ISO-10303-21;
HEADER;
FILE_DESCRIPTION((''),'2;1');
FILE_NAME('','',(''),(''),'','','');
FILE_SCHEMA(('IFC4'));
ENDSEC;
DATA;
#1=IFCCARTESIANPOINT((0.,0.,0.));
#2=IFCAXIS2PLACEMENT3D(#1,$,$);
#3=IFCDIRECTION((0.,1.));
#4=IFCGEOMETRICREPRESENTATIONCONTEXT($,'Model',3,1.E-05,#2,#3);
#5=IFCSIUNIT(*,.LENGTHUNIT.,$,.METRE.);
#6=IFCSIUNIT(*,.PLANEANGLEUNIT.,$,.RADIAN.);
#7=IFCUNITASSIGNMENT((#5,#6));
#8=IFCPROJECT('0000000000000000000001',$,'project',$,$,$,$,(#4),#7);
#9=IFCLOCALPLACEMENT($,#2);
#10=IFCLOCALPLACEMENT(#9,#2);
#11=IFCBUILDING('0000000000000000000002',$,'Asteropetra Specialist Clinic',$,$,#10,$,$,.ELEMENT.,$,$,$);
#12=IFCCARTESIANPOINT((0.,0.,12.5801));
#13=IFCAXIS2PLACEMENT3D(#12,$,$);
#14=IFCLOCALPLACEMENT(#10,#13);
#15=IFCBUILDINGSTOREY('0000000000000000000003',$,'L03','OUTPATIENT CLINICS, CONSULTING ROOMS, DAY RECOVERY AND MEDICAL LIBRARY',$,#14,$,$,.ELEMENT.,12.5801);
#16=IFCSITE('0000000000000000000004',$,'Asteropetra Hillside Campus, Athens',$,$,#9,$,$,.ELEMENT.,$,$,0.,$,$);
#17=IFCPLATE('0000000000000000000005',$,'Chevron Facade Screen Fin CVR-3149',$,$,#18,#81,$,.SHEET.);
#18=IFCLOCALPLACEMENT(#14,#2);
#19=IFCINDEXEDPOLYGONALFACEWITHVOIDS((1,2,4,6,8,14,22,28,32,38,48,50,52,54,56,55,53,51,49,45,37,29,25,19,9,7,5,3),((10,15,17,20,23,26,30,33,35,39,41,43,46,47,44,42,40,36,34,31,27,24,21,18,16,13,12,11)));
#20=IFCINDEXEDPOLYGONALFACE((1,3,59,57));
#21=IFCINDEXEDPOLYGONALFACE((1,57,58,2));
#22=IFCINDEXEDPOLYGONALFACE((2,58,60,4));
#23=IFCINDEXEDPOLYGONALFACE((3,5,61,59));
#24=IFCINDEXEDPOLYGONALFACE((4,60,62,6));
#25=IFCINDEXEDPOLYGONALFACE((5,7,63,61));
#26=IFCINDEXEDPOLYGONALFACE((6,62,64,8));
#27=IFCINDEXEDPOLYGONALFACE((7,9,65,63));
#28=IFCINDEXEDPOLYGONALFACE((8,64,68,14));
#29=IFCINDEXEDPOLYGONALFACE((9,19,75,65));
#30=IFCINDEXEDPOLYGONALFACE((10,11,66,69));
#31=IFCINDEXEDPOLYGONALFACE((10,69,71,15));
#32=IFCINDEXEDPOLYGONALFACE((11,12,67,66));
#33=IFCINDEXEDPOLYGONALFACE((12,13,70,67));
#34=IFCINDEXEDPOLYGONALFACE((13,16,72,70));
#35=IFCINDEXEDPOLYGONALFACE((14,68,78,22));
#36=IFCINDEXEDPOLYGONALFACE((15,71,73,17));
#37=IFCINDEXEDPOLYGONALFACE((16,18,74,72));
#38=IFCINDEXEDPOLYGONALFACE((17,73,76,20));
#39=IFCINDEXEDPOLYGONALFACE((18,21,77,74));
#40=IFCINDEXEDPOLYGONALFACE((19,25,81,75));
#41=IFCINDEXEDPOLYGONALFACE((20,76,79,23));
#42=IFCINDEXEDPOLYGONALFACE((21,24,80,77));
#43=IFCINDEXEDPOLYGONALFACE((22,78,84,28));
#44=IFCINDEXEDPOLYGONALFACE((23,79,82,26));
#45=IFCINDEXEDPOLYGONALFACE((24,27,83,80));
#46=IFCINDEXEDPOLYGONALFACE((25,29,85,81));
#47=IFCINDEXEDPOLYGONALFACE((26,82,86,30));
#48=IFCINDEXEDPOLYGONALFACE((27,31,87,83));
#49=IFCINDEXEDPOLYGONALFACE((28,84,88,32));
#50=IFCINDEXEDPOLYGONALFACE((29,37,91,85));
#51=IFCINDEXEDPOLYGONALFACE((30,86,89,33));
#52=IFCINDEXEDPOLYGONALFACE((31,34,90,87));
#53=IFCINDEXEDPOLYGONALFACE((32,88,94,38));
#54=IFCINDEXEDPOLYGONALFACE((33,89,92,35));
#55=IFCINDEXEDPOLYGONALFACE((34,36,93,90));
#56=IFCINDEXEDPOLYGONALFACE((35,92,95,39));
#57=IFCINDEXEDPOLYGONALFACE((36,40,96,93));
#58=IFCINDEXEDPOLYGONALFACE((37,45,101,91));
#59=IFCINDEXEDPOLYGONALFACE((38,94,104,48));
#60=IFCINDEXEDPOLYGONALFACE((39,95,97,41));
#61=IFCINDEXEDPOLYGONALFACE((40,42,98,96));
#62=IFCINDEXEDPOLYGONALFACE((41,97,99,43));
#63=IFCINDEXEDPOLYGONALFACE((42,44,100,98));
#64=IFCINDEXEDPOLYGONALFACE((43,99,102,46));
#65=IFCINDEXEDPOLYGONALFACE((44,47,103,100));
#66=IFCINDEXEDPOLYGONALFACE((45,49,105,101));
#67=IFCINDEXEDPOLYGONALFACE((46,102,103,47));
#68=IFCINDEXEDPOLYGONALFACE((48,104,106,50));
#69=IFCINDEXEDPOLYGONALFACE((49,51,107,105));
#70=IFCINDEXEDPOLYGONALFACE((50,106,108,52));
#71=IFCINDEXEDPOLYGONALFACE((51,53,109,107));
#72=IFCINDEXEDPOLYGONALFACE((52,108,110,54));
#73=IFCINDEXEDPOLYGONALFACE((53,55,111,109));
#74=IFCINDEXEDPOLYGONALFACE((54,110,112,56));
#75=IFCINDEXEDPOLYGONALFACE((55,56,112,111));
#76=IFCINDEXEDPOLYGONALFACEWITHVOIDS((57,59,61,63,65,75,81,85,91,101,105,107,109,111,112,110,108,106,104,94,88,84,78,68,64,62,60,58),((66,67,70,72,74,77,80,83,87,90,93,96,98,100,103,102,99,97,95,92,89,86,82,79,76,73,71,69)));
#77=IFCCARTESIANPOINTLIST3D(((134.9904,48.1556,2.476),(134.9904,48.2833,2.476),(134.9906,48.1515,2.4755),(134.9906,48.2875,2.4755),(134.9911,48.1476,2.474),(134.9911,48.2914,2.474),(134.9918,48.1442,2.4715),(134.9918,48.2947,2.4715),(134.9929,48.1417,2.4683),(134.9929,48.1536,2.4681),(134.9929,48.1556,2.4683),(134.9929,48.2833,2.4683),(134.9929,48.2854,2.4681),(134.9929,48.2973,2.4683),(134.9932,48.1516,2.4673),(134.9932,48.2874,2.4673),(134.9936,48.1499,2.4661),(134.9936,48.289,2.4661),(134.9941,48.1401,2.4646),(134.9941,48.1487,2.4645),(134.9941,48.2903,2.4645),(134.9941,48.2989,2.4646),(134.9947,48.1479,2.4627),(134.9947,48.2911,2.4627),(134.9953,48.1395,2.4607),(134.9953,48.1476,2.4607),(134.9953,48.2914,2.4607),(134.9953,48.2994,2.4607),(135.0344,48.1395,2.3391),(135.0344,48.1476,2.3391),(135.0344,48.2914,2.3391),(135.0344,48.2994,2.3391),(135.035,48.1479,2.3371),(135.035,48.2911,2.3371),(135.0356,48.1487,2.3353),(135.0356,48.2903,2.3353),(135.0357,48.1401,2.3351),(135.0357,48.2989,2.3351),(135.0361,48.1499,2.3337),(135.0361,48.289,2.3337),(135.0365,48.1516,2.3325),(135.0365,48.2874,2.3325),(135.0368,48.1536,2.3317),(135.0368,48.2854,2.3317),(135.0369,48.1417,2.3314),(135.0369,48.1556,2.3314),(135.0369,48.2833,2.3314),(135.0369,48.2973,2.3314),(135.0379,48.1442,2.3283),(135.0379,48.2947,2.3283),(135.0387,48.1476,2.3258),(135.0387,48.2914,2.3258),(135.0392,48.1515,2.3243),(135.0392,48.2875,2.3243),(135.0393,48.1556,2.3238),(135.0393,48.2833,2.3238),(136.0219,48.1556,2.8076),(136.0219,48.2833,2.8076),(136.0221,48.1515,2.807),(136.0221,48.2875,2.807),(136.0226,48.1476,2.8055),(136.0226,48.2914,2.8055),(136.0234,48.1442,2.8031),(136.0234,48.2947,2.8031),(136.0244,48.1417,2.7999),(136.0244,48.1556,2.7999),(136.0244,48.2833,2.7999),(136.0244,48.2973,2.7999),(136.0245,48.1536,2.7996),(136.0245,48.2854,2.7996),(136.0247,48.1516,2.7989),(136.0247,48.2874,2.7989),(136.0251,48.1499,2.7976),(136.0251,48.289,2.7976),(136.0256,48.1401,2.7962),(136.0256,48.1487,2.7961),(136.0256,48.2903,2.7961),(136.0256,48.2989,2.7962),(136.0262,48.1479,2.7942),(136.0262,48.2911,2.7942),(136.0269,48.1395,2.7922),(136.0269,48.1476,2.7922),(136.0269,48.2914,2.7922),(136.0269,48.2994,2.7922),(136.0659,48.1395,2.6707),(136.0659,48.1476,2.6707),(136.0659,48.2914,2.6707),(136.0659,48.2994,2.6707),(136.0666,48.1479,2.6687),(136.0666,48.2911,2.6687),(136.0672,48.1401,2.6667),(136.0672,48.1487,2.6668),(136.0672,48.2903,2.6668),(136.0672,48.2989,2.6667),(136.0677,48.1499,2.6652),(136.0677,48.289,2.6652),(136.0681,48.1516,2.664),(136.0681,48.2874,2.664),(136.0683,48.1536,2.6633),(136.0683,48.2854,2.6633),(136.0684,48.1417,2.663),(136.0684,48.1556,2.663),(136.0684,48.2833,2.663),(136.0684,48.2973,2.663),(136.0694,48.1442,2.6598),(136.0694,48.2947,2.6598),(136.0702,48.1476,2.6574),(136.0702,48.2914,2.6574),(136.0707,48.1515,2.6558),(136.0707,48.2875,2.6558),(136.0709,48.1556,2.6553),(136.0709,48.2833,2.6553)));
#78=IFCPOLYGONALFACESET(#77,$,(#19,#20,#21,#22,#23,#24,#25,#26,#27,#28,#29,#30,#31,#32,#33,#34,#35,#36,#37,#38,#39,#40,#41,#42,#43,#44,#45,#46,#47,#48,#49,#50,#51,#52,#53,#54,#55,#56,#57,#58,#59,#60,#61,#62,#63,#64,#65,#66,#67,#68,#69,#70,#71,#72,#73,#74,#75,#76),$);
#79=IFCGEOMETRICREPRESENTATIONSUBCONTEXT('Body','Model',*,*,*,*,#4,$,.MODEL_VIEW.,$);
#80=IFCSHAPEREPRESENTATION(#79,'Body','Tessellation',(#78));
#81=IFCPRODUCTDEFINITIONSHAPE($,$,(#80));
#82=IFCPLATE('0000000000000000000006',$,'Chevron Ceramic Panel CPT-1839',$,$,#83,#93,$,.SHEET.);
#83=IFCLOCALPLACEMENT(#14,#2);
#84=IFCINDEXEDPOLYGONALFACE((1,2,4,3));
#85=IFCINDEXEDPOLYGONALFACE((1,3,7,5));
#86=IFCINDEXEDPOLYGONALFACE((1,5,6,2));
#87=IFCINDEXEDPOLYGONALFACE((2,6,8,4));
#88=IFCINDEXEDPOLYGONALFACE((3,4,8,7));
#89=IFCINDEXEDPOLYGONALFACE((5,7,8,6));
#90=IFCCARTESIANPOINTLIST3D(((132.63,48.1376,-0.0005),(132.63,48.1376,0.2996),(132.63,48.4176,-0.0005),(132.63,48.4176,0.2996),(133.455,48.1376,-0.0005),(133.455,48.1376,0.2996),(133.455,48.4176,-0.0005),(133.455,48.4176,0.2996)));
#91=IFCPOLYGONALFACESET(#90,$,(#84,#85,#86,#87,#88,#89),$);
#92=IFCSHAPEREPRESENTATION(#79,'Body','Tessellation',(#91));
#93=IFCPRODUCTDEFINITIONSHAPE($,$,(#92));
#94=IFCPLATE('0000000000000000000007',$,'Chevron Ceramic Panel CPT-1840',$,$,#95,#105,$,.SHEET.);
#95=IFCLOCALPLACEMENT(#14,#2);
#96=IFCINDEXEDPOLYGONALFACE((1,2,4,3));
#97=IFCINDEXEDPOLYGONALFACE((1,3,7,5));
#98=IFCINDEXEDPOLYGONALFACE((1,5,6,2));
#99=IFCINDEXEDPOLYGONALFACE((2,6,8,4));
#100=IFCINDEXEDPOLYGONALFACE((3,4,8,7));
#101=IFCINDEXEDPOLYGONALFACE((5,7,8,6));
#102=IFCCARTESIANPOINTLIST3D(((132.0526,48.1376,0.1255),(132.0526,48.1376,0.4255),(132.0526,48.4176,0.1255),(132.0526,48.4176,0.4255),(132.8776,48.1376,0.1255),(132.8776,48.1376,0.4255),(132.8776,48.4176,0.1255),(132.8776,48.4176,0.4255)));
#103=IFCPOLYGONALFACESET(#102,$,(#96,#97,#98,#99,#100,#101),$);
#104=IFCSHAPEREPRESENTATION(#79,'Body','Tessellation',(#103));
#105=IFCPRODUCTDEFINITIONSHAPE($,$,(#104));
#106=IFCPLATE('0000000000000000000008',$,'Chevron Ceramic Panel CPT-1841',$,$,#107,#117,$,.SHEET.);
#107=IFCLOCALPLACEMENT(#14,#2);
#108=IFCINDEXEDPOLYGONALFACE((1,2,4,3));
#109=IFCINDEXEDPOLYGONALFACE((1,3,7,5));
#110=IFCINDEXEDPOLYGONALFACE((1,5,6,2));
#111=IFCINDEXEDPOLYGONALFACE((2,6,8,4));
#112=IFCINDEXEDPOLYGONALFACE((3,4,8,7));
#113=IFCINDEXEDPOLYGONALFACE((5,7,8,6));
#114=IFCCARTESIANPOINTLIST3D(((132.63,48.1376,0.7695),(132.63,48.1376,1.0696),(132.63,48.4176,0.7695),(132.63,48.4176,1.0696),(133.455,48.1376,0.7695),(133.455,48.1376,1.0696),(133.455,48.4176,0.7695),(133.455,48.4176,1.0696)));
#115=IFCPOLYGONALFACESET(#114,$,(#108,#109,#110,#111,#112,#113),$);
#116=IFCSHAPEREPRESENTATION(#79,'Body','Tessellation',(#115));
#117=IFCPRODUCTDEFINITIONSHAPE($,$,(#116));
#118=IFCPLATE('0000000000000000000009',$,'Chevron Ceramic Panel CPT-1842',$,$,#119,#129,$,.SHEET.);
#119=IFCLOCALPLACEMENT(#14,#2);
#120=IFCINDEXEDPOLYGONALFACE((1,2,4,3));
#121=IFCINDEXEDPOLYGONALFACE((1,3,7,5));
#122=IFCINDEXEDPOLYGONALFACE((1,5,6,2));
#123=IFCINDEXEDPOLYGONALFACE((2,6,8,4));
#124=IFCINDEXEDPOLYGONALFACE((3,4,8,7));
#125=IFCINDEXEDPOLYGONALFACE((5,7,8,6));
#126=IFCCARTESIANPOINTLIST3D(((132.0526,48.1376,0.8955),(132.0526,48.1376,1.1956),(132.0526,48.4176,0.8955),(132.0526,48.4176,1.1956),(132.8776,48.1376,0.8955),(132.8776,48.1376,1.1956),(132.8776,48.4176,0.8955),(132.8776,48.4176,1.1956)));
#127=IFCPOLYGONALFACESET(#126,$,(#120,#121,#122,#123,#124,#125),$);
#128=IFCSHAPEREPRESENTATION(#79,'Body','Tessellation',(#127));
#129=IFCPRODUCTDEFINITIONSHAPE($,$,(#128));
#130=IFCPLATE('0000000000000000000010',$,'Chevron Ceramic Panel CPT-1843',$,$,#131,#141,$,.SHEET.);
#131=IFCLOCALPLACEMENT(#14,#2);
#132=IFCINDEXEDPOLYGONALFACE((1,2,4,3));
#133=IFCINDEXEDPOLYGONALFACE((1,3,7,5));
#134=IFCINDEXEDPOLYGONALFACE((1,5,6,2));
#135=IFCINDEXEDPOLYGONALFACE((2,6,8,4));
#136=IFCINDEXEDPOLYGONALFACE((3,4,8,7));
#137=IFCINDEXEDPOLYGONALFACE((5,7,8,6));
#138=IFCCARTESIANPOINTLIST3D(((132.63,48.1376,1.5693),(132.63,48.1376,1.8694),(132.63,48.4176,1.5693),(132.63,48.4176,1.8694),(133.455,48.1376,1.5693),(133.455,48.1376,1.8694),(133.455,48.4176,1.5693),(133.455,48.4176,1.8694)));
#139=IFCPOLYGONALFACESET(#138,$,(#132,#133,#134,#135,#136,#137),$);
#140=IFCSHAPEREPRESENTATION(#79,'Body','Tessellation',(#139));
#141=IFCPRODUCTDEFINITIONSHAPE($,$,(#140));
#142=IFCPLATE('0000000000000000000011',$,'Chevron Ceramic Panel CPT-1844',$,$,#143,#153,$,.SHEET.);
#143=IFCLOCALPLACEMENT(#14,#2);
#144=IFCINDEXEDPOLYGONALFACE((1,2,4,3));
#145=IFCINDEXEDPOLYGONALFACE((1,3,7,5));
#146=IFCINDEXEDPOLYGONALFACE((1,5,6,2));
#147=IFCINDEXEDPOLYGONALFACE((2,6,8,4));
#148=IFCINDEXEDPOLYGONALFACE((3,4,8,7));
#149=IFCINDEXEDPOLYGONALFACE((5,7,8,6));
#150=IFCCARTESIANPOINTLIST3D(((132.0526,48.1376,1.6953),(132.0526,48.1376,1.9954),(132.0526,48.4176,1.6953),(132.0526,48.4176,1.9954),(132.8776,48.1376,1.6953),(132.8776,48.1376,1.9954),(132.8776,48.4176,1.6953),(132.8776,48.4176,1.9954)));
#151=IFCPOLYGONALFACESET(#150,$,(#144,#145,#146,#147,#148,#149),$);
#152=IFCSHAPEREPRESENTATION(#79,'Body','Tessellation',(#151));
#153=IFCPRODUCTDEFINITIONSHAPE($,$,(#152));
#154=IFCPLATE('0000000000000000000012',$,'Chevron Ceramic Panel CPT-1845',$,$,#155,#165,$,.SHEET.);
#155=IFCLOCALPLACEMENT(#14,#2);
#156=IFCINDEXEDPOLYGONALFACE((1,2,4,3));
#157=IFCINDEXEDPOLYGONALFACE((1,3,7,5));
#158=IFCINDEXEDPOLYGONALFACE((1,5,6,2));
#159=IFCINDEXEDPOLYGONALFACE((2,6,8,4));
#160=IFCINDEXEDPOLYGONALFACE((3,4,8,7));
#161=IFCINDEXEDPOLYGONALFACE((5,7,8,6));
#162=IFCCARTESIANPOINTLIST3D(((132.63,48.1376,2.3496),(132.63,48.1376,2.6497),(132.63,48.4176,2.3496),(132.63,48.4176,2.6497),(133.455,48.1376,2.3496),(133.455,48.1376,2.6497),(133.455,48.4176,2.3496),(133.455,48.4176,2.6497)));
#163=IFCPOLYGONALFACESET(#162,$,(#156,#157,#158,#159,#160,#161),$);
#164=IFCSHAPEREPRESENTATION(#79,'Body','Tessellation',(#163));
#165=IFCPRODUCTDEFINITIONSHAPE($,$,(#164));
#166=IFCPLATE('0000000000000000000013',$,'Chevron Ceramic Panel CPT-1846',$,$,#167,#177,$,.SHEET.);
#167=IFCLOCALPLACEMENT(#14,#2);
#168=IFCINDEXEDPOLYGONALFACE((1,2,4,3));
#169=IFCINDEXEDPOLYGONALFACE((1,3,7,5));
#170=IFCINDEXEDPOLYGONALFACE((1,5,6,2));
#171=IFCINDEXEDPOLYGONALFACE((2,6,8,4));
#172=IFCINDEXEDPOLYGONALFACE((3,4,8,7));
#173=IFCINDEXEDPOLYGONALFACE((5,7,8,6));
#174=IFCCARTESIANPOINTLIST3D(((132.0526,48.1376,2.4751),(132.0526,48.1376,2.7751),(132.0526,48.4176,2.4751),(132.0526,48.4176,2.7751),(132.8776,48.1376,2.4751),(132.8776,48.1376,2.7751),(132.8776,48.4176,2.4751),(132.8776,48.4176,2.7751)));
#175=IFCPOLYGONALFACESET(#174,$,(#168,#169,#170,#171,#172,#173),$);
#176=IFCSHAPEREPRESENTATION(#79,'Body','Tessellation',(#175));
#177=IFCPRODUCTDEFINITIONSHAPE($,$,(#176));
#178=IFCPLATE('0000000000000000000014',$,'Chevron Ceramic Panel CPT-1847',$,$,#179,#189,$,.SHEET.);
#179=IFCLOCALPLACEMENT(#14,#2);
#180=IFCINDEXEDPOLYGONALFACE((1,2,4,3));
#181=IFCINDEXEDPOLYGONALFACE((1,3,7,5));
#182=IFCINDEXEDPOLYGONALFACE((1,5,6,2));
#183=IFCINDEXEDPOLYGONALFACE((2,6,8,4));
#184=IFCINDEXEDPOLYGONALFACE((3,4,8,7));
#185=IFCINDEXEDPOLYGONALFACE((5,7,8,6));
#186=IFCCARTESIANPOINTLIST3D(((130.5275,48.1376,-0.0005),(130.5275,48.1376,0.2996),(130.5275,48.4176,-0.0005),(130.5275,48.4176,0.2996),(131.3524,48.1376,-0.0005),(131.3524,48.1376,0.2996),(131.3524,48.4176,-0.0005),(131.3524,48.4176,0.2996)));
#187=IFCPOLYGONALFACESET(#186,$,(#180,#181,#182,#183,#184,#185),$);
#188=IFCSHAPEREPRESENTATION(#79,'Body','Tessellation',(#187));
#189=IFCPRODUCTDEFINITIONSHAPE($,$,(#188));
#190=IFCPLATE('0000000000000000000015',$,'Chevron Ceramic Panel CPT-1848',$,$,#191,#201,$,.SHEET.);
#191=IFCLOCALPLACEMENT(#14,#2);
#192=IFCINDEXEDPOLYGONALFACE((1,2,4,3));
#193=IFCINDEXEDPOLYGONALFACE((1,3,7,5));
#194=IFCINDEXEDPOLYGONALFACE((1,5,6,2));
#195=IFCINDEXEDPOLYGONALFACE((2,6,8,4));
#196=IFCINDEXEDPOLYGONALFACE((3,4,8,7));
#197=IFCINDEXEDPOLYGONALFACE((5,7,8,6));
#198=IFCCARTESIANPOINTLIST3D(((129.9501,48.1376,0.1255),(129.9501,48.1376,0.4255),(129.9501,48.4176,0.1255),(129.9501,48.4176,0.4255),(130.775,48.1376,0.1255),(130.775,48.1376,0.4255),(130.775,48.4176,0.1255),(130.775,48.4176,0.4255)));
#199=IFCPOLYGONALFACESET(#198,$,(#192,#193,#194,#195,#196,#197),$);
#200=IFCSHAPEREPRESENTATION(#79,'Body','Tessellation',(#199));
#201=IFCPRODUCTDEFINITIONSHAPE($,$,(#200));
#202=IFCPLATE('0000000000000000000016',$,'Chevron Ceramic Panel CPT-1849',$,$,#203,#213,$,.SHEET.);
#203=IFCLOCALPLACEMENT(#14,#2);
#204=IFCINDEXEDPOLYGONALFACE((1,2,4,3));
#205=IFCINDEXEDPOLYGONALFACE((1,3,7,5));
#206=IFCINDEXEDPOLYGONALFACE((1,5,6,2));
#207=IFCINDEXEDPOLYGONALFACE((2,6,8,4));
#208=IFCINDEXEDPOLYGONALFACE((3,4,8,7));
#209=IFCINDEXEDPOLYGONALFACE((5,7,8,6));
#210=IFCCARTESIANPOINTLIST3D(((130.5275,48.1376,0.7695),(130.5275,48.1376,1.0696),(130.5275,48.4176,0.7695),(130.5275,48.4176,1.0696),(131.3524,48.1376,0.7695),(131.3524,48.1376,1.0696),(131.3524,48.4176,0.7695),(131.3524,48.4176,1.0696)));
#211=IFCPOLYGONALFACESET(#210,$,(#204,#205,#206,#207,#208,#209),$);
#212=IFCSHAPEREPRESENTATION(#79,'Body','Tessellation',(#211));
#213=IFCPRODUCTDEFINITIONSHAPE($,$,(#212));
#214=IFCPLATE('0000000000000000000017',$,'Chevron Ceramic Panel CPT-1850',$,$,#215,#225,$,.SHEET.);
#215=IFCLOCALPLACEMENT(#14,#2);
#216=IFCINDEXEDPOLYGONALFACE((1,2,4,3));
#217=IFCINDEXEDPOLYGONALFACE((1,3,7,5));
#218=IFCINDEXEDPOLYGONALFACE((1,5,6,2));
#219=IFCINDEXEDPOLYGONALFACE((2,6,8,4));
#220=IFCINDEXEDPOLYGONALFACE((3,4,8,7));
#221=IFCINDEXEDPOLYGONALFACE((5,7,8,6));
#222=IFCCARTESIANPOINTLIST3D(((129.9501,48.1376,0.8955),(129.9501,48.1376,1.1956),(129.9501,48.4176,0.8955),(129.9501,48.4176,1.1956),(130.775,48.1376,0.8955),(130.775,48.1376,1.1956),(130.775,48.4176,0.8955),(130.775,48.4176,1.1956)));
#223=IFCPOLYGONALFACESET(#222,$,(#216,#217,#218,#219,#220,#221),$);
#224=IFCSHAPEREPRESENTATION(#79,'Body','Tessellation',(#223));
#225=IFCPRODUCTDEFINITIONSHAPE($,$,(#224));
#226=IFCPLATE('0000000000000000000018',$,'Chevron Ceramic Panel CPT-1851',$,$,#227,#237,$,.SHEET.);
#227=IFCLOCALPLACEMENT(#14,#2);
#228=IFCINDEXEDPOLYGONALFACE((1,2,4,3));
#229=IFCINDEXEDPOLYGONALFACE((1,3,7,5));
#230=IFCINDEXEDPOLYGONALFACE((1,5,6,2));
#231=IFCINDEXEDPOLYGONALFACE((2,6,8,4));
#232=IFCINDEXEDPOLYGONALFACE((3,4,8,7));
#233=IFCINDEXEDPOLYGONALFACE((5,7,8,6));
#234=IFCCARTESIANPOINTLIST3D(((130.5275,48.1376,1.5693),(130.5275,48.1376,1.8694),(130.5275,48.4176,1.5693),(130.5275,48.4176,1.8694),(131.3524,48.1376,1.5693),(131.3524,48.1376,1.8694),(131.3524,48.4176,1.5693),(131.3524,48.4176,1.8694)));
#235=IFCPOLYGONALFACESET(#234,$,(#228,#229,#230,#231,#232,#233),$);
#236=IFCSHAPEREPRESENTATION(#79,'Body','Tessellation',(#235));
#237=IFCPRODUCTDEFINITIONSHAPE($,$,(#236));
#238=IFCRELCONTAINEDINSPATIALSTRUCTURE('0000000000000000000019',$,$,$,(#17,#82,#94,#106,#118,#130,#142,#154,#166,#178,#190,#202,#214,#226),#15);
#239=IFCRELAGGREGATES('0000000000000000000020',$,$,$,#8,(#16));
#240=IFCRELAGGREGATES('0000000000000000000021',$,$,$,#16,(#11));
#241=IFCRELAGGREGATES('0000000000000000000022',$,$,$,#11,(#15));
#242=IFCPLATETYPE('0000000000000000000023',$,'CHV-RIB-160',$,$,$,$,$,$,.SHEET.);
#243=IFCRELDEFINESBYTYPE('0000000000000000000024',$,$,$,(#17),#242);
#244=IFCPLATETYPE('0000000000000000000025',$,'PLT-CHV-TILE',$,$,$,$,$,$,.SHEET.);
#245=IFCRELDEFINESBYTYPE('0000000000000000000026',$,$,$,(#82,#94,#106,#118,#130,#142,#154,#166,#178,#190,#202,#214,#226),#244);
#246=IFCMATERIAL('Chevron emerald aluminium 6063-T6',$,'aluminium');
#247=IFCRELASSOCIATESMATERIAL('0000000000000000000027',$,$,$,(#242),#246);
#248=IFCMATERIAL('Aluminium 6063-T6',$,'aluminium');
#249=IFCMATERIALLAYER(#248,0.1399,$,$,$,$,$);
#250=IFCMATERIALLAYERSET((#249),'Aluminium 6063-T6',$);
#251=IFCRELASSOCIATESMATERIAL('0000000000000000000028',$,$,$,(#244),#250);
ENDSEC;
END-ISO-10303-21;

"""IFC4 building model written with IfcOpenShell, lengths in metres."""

from ifc_helpers import new_model, si_unit, direction, frame, origin, origin_2d, place, context, subcontext, project, spatial, rectangle, hollow_rectangle, extrude, material, layer, layer_set, material_profile, profile_set, type_object, element, save


model = new_model("IFC4")

# Units and contexts
model_context = context("Model", 3, precision=1e-05, world=origin(), true_north=direction((0.0, 1.0)))
body_context = subcontext(model_context, "Body", "Model", "MODEL_VIEW")
ifc_project = project(units=[si_unit("LENGTHUNIT", "METRE"), si_unit("PLANEANGLEUNIT", "RADIAN")], contexts=[model_context])

# Site, building, storey
site_placement = place(None, origin())
site = spatial("IfcSite", under=ifc_project, at=site_placement, Name="Asteropetra Hillside Campus, Athens", CompositionType="ELEMENT", RefElevation=0.0)
building_placement = place(site_placement, origin())
building = spatial("IfcBuilding", under=site, at=building_placement, Name="Asteropetra Specialist Clinic", CompositionType="ELEMENT")
storey_placement = place(building_placement, frame((0.0, 0.0, 12.5801)))
storey = spatial("IfcBuildingStorey", under=building, at=storey_placement, Name="L03", Description="OUTPATIENT CLINICS, CONSULTING ROOMS, DAY RECOVERY AND MEDICAL LIBRARY", CompositionType="ELEMENT", Elevation=12.5801)

# Plates
ifc_material_1 = material(Name="Chevron emerald aluminium 6063-T6", Category="aluminium")
ifc_material_profile = material_profile(ifc_material_1, hollow_rectangle(XDim=0.1599, YDim=0.1599, WallThickness=0.0081, InnerFilletRadius=0.0081, OuterFilletRadius=0.0161, at=origin_2d()), Name="SHS 160x160x8.0")
ifc_profile_set = profile_set([ifc_material_profile], Name="Chevron emerald aluminium 6063-T6")
plate_type_1 = type_object("IfcPlateType", Name="CHV-RIB-160", PredefinedType="SHEET", material=ifc_profile_set)
plate_placement = place(storey_placement, frame((136.0464, 48.2195, 2.7314), z_axis=(-0.952031, 0.0, -0.306002), x_axis=(0.0, -1.0, 0.0)))
element("IfcPlate", 1, at=plate_placement, inside=storey, type_object=plate_type_1, Name="Chevron Facade Screen Fin CVR-3149", PredefinedType="SHEET", context=body_context, shape_type="SweptSolid", body=[
    extrude(hollow_rectangle(XDim=0.1599, YDim=0.1599, WallThickness=0.0081, InnerFilletRadius=0.0081, OuterFilletRadius=0.0161, at=origin_2d()), origin(), (0.0, 0.0, 1.0), 1.0835),
])
ifc_material_2 = material(Name="Aluminium 6063-T6", Category="aluminium")
ifc_layer_1 = layer(ifc_material_2, 0.1399)
ifc_layer_set_1 = layer_set([ifc_layer_1], Name="Aluminium 6063-T6")
plate_type_2 = type_object("IfcPlateType", Name="PLT-CHV-TILE", PredefinedType="SHEET", material=ifc_layer_set_1)
for number, where, z_axis, x_axis, name in (
    (2, (133.0425, 48.2776, -0.0005), (0.0, 0.0, 1.0), (1.0, 0.0, 0.0), "Chevron Ceramic Panel CPT-1839"),
    (3, (132.4651, 48.2776, 0.1255), (0.0, 0.0, 1.0), (1.0, 0.0, 0.0), "Chevron Ceramic Panel CPT-1840"),
    (4, (133.0425, 48.2776, 0.7695), (0.0, 0.0, 1.0), (1.0, 0.0, 0.0), "Chevron Ceramic Panel CPT-1841"),
    (5, (132.4651, 48.2776, 0.8955), (0.0, 0.0, 1.0), (1.0, 0.0, 0.0), "Chevron Ceramic Panel CPT-1842"),
    (6, (133.0425, 48.2776, 1.5693), (0.0, 0.0, 1.0), (1.0, 0.0, 0.0), "Chevron Ceramic Panel CPT-1843"),
    (7, (132.4651, 48.2776, 1.6953), (0.0, 0.0, 1.0), (1.0, 0.0, 0.0), "Chevron Ceramic Panel CPT-1844"),
    (8, (133.0425, 48.2776, 2.3496), (0.0, 0.0, 1.0), (1.0, 0.0, 0.0), "Chevron Ceramic Panel CPT-1845"),
    (9, (132.4651, 48.2776, 2.4751), (0.0, 0.0, 1.0), (1.0, 0.0, 0.0), "Chevron Ceramic Panel CPT-1846"),
    (10, (130.9399, 48.2776, -0.0005), (0.0, 0.0, 1.0), (1.0, 0.0, 0.0), "Chevron Ceramic Panel CPT-1847"),
    (11, (130.3625, 48.2776, 0.1255), (0.0, 0.0, 1.0), (1.0, 0.0, 0.0), "Chevron Ceramic Panel CPT-1848"),
    (12, (130.9399, 48.2776, 0.7695), (0.0, 0.0, 1.0), (1.0, 0.0, 0.0), "Chevron Ceramic Panel CPT-1849"),
    (13, (130.3625, 48.2776, 0.8955), (0.0, 0.0, 1.0), (1.0, 0.0, 0.0), "Chevron Ceramic Panel CPT-1850"),
    (14, (130.9399, 48.2776, 1.5693), (0.0, 0.0, 1.0), (1.0, 0.0, 0.0), "Chevron Ceramic Panel CPT-1851"),
):
    element("IfcPlate", number, at=place(storey_placement, frame(where, z_axis=z_axis, x_axis=x_axis)), inside=storey, type_object=plate_type_2, Name=name, PredefinedType="SHEET", context=body_context, shape_type="SweptSolid", body=[
        extrude(rectangle(XDim=0.825, YDim=0.28, at=origin_2d()), origin(), (0.0, 0.0, 1.0), 0.3),
    ])

save(model, "model.ifc")
